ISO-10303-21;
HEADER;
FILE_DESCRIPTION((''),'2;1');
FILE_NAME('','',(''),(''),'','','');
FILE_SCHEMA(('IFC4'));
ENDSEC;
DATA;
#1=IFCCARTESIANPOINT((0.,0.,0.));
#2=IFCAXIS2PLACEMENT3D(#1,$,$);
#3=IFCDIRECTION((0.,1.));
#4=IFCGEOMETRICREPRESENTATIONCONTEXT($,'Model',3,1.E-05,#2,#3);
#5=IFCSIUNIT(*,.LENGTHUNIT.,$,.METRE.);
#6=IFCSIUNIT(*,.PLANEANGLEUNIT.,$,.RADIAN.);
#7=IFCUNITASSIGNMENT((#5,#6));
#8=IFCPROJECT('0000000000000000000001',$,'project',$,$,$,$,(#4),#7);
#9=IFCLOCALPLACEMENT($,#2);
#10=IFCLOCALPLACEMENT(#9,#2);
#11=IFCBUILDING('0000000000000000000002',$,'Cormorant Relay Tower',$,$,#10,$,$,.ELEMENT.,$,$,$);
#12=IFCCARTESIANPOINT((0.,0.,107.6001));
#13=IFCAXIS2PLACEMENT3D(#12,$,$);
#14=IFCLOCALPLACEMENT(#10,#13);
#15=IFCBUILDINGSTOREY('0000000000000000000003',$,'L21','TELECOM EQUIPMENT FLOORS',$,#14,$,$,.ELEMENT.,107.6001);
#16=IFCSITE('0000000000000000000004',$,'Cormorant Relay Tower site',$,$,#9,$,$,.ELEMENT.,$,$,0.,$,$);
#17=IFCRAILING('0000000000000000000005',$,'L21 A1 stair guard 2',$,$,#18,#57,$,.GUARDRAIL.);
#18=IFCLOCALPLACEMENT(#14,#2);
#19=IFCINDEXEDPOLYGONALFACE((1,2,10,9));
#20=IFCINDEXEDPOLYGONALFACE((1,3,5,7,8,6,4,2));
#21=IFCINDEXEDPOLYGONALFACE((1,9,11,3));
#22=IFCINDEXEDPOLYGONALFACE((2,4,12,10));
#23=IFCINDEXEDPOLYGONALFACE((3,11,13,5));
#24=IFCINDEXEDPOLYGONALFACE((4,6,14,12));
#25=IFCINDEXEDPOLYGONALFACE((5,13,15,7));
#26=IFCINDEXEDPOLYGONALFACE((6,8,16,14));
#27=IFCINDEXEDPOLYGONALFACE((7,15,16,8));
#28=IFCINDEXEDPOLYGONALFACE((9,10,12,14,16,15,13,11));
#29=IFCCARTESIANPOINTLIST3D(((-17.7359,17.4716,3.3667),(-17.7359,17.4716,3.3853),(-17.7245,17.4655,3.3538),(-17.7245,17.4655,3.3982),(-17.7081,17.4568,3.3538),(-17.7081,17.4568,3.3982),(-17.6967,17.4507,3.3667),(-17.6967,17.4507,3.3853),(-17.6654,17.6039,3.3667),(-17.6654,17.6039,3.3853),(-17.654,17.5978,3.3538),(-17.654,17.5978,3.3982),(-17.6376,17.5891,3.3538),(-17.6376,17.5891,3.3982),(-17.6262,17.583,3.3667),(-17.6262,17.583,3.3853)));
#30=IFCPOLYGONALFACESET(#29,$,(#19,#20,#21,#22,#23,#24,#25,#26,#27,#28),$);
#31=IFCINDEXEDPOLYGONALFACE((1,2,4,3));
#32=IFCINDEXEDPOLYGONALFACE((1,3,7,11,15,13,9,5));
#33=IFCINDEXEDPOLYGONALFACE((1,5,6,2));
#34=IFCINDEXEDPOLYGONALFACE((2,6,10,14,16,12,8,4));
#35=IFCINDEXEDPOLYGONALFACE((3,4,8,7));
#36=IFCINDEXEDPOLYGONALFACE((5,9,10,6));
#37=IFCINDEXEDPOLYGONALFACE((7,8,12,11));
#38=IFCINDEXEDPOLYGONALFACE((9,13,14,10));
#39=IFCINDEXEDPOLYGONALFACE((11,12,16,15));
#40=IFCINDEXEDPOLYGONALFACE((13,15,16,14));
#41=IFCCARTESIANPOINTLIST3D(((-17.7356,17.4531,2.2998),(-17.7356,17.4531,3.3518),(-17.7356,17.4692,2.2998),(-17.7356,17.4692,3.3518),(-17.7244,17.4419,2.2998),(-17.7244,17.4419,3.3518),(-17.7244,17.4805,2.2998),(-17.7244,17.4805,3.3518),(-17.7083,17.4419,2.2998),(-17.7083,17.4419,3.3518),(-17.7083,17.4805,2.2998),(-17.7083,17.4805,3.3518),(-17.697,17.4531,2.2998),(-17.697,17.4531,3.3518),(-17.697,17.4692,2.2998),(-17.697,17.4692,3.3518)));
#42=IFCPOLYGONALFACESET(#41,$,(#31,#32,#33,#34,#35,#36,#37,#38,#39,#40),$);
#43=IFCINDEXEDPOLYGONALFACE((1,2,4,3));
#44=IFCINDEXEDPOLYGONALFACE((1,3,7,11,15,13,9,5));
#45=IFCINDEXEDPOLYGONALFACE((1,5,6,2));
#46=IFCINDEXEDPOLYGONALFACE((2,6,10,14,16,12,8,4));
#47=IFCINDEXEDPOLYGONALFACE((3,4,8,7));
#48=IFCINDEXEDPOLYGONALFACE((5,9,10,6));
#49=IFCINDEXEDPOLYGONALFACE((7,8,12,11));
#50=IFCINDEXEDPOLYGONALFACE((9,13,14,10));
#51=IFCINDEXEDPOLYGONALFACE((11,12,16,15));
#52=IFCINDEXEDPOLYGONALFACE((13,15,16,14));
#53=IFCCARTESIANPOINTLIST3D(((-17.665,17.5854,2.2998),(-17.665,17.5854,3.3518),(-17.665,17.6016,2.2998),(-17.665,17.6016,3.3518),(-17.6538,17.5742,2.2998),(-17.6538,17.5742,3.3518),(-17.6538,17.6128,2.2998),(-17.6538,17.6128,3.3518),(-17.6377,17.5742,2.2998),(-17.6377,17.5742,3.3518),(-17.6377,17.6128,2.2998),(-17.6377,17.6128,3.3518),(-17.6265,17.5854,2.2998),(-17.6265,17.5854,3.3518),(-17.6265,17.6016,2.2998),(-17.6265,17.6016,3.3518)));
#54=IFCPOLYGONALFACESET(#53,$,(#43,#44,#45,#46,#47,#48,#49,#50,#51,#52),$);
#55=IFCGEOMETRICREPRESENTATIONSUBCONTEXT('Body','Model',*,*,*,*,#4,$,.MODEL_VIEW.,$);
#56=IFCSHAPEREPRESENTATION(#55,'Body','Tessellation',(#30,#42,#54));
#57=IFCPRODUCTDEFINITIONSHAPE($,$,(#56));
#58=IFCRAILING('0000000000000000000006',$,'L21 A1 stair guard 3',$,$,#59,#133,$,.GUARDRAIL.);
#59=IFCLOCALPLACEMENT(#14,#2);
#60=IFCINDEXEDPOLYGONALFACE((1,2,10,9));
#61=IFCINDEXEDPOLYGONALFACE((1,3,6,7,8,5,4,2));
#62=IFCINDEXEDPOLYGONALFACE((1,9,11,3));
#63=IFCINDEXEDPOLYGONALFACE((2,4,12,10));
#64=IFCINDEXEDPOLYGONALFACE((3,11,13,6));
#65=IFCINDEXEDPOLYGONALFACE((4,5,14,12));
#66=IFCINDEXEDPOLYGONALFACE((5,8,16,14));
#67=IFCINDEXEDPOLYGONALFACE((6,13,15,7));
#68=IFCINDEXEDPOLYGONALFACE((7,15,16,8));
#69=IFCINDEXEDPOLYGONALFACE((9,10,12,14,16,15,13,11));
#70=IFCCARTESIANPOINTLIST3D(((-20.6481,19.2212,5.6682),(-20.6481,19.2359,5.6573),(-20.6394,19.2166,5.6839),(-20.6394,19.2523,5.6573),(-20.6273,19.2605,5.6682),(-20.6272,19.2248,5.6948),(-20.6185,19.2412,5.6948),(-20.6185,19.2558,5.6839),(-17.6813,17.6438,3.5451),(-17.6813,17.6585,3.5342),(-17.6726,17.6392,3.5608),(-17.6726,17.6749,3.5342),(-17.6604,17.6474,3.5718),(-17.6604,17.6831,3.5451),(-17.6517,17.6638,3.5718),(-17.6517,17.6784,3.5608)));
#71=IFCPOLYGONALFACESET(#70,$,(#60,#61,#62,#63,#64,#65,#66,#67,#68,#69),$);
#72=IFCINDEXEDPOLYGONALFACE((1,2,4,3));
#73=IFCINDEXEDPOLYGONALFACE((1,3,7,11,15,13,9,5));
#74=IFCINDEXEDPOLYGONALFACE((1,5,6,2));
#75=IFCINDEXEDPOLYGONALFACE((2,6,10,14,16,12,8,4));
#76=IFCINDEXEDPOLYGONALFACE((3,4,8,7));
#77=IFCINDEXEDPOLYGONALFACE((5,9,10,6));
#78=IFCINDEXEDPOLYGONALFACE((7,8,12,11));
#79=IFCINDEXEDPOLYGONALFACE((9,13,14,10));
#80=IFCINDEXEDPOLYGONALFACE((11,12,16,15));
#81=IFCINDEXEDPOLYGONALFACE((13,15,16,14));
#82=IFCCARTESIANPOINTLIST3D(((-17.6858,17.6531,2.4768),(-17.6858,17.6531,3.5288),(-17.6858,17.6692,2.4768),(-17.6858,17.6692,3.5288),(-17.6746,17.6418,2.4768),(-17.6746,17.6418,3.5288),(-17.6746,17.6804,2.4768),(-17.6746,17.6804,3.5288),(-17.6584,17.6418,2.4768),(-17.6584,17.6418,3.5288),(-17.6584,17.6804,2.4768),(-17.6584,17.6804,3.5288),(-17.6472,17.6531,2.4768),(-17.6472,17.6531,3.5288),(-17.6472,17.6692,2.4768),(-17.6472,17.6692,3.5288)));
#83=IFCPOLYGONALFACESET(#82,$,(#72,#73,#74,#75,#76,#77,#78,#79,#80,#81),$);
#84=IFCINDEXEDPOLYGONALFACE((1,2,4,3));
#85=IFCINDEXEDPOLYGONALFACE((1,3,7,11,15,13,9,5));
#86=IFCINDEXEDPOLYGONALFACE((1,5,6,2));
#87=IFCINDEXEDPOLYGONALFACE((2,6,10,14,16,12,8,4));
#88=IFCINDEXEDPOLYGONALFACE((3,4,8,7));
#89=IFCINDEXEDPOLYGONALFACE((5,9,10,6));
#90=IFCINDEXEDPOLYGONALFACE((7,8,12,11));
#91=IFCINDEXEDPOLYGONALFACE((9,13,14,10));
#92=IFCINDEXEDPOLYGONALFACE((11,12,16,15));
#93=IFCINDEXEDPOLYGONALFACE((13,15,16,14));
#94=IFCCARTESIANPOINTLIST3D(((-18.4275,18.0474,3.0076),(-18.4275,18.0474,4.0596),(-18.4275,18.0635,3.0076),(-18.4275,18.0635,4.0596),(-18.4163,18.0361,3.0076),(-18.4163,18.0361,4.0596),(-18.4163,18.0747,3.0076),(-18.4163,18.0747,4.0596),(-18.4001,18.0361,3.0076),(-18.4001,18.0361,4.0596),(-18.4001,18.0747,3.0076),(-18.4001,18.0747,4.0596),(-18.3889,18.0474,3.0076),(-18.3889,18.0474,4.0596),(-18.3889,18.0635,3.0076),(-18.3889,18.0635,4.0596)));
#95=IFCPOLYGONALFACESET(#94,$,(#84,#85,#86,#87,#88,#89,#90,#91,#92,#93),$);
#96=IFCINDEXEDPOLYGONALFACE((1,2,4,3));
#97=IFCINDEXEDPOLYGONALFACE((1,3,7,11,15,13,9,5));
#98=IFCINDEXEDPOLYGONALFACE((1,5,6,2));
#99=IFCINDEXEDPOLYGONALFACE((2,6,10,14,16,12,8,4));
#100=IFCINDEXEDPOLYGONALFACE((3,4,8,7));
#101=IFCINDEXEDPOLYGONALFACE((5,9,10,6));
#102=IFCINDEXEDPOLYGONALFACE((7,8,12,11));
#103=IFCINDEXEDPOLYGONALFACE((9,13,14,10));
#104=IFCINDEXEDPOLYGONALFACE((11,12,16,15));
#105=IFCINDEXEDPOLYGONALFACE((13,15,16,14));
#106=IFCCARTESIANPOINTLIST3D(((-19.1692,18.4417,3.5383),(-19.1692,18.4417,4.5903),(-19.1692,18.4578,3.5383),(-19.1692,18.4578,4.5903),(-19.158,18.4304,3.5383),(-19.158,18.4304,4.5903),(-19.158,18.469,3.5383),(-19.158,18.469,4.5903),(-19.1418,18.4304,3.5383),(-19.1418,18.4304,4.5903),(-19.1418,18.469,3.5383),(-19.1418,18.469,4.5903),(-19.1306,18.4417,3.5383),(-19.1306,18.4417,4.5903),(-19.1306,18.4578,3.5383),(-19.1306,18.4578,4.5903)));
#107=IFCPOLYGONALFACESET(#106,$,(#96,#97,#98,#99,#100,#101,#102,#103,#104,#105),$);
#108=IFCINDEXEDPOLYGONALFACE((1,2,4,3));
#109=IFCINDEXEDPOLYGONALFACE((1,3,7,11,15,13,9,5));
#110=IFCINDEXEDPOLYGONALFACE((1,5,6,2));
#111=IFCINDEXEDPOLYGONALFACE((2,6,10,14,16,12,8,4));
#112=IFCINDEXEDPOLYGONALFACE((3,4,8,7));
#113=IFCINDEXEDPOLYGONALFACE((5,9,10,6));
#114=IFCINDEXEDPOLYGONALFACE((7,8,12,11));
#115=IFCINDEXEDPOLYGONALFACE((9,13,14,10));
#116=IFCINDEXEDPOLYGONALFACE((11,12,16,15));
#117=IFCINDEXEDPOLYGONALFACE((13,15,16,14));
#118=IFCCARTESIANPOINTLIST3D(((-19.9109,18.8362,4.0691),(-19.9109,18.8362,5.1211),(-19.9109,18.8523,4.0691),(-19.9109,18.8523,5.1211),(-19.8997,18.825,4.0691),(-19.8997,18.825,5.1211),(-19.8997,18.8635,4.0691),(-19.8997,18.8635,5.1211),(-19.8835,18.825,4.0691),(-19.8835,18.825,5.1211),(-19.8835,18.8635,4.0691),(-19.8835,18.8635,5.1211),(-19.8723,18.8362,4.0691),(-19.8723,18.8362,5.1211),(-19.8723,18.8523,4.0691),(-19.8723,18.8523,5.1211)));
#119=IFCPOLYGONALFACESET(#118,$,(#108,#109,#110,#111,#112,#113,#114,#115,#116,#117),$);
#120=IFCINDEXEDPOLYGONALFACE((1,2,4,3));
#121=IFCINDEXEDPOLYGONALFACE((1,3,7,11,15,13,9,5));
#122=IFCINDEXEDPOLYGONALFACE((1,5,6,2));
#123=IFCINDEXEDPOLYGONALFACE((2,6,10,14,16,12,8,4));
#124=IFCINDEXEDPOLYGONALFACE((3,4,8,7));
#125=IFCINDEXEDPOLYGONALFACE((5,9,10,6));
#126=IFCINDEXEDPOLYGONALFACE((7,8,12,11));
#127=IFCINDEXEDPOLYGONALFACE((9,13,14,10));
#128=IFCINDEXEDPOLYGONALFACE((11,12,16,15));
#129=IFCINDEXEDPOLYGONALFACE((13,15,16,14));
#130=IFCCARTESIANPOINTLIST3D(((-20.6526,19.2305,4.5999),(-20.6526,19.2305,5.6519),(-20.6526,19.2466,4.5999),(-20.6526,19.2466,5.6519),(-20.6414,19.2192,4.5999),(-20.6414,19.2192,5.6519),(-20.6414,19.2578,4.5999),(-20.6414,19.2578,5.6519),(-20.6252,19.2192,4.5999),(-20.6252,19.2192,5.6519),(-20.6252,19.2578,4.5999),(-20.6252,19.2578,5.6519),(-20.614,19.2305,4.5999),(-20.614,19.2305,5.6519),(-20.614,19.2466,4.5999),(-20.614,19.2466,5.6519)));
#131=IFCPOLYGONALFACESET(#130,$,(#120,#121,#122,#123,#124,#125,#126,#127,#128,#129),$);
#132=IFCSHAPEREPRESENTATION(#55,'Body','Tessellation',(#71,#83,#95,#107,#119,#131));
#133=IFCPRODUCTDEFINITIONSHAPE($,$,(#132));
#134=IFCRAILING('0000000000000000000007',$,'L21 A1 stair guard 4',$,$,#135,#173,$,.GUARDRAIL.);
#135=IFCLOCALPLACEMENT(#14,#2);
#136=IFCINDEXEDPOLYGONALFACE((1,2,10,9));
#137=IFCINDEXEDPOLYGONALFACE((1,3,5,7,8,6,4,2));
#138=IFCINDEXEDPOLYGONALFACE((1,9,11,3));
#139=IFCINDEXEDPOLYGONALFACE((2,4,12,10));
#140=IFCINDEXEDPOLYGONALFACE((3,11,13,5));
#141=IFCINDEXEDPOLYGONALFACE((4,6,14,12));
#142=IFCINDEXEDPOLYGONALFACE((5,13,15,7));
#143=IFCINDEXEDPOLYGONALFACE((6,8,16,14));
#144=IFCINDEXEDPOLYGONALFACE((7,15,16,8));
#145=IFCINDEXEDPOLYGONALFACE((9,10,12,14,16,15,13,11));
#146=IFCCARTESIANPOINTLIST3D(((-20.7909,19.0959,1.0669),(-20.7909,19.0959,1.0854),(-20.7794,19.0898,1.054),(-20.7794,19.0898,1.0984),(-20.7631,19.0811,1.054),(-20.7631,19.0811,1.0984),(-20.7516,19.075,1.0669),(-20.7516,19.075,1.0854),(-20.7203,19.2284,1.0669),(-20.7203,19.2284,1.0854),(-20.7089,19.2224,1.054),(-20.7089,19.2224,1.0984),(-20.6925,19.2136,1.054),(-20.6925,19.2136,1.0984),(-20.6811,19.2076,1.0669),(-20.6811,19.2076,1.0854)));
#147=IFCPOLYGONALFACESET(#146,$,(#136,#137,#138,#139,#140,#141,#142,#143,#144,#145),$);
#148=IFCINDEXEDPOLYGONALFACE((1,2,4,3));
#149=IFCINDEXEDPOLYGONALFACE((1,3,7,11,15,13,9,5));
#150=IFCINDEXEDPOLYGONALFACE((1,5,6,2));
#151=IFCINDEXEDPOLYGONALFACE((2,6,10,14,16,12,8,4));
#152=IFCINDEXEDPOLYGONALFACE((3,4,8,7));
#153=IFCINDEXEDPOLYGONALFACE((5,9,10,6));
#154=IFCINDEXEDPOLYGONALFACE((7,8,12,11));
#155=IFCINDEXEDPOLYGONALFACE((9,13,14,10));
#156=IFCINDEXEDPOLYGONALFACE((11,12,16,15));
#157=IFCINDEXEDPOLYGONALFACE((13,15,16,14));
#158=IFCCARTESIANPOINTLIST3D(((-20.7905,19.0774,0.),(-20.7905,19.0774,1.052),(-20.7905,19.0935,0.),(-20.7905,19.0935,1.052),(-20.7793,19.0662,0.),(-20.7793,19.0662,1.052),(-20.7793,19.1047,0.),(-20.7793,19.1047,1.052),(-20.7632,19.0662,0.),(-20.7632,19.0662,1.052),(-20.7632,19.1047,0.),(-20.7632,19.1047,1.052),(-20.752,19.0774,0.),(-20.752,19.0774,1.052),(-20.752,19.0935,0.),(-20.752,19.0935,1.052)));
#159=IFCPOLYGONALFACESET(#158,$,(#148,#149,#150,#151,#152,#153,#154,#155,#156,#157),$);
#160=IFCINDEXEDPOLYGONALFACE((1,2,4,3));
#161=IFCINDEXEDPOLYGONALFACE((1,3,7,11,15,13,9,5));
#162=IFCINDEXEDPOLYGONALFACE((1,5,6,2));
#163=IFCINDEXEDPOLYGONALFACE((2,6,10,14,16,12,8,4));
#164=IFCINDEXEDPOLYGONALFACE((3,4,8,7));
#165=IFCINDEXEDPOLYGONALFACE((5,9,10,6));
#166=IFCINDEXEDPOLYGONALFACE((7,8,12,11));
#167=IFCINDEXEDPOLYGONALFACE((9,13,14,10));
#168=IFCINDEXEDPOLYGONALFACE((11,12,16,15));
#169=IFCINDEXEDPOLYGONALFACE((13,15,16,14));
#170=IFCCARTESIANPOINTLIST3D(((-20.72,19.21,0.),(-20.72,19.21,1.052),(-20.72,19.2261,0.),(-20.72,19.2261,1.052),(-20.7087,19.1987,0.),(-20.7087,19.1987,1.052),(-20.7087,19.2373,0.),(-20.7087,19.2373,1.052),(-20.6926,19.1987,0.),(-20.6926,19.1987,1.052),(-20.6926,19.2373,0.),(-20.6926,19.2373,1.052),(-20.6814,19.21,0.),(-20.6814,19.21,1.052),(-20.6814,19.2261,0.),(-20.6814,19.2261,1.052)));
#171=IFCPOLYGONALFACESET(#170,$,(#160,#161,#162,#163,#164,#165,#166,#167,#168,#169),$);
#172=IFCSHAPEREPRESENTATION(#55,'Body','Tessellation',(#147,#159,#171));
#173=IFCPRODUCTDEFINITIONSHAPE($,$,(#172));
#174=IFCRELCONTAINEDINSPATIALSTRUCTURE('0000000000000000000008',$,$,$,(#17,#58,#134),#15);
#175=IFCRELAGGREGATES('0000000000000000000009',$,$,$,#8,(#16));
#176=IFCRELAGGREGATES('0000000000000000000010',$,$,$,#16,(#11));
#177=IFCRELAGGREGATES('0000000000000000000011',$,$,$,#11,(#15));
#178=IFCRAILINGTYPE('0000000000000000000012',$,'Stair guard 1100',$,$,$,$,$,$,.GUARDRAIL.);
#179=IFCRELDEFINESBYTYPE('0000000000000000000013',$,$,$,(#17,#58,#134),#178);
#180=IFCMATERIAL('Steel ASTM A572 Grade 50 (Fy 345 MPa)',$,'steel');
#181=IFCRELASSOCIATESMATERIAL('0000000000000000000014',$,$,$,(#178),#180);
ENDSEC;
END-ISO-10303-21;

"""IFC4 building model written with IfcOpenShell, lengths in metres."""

from ifc_helpers import new_model, si_unit, direction, frame, origin, place, context, subcontext, project, spatial, polyline, outline, extrude, material, type_object, element, save


model = new_model("IFC4")

# Units and contexts
model_context = context("Model", 3, precision=1e-05, world=origin(), true_north=direction((0.0, 1.0)))
body_context = subcontext(model_context, "Body", "Model", "MODEL_VIEW")
ifc_project = project(units=[si_unit("LENGTHUNIT", "METRE"), si_unit("PLANEANGLEUNIT", "RADIAN")], contexts=[model_context])

# Site, building, storey
site_placement = place(None, origin())
site = spatial("IfcSite", under=ifc_project, at=site_placement, Name="Cormorant Relay Tower site", CompositionType="ELEMENT", RefElevation=0.0)
building_placement = place(site_placement, origin())
building = spatial("IfcBuilding", under=site, at=building_placement, Name="Cormorant Relay Tower", CompositionType="ELEMENT")
storey_placement = place(building_placement, frame((0.0, 0.0, 107.6001)))
storey = spatial("IfcBuildingStorey", under=building, at=storey_placement, Name="L21", Description="TELECOM EQUIPMENT FLOORS", CompositionType="ELEMENT", Elevation=107.6001)

# Railings
ifc_material_1 = material(Name="Steel ASTM A572 Grade 50 (Fy 345 MPa)", Category="steel")
railing_type_1 = type_object("IfcRailingType", Name="Stair guard 1100", PredefinedType="GUARDRAIL", material=ifc_material_1)
railing_1_placement = place(storey_placement, frame((-17.7163, 17.4612, 2.2998)))
element("IfcRailing", 1, at=railing_1_placement, inside=storey, type_object=railing_type_1, Name="L21 A1 stair guard 2", PredefinedType="GUARDRAIL", context=body_context, shape_type="SweptSolid", body=[
    extrude(outline(polyline([(0.0222, 0.0093), (0.0093, 0.0222), (-0.0093, 0.0222), (-0.0222, 0.0093), (-0.0222, -0.0093), (-0.0093, -0.0222), (0.0093, -0.0222), (0.0222, -0.0093), (0.0222, 0.0093)])), frame((0.0, 0.0, 1.0762), z_axis=(0.470504, 0.882398, 0.0), x_axis=(-0.882398, 0.470504, 0.0)), (0.0, 0.0, 1.0), 0.1499),
    extrude(outline(polyline([(0.0193, 0.0081), (0.0081, 0.0193), (-0.0081, 0.0193), (-0.0193, 0.0081), (-0.0193, -0.0081), (-0.0081, -0.0193), (0.0081, -0.0193), (0.0193, -0.0081), (0.0193, 0.0081)])), origin(), (0.0, 0.0, 1.0), 1.052),
    extrude(outline(polyline([(0.0193, 0.0081), (0.0081, 0.0193), (-0.0081, 0.0193), (-0.0193, 0.0081), (-0.0193, -0.0081), (-0.0081, -0.0193), (0.0081, -0.0193), (0.0193, -0.0081), (0.0193, 0.0081)])), frame((0.0706, 0.1323, 0.0)), (0.0, 0.0, 1.0), 1.052),
])
railing_2_placement = place(storey_placement, frame((-17.6665, 17.6611, 2.4768)))
element("IfcRailing", 2, at=railing_2_placement, inside=storey, type_object=railing_type_1, Name="L21 A1 stair guard 3", PredefinedType="GUARDRAIL", context=body_context, shape_type="SweptSolid", body=[
    extrude(outline(polyline([(0.0222, 0.0093), (0.0093, 0.0222), (-0.0093, 0.0222), (-0.0222, 0.0093), (-0.0222, -0.0093), (-0.0093, -0.0222), (0.0093, -0.0222), (0.0222, -0.0093), (0.0222, 0.0093)])), frame((0.0, 0.0, 1.0762), z_axis=(-0.746441, 0.396869, 0.534155), x_axis=(-0.469453, -0.882958, 0.0)), (0.0, 0.0, 1.0), 3.9746),
    extrude(outline(polyline([(0.0193, 0.0081), (0.0081, 0.0193), (-0.0081, 0.0193), (-0.0193, 0.0081), (-0.0193, -0.0081), (-0.0081, -0.0193), (0.0081, -0.0193), (0.0193, -0.0081), (0.0193, 0.0081)])), origin(), (0.0, 0.0, 1.0), 1.052),
    extrude(outline(polyline([(0.0193, 0.0081), (0.0081, 0.0193), (-0.0081, 0.0193), (-0.0193, 0.0081), (-0.0193, -0.0081), (-0.0081, -0.0193), (0.0081, -0.0193), (0.0193, -0.0081), (0.0193, 0.0081)])), frame((-0.7417, 0.3943, 0.5308)), (0.0, 0.0, 1.0), 1.052),
    extrude(outline(polyline([(0.0193, 0.0081), (0.0081, 0.0193), (-0.0081, 0.0193), (-0.0193, 0.0081), (-0.0193, -0.0081), (-0.0081, -0.0193), (0.0081, -0.0193), (0.0193, -0.0081), (0.0193, 0.0081)])), frame((-1.4834, 0.7886, 1.0615)), (0.0, 0.0, 1.0), 1.052),
    extrude(outline(polyline([(0.0193, 0.0081), (0.0081, 0.0193), (-0.0081, 0.0193), (-0.0193, 0.0081), (-0.0193, -0.0081), (-0.0081, -0.0193), (0.0081, -0.0193), (0.0193, -0.0081), (0.0193, 0.0081)])), frame((-2.2251, 1.1831, 1.5923)), (0.0, 0.0, 1.0), 1.052),
    extrude(outline(polyline([(0.0193, 0.0081), (0.0081, 0.0193), (-0.0081, 0.0193), (-0.0193, 0.0081), (-0.0193, -0.0081), (-0.0081, -0.0193), (0.0081, -0.0193), (0.0193, -0.0081), (0.0193, 0.0081)])), frame((-2.9668, 1.5774, 2.123)), (0.0, 0.0, 1.0), 1.052),
])
railing_3_placement = place(storey_placement, frame((-20.7712, 19.0854, 0.0)))
element("IfcRailing", 3, at=railing_3_placement, inside=storey, type_object=railing_type_1, Name="L21 A1 stair guard 4", PredefinedType="GUARDRAIL", context=body_context, shape_type="SweptSolid", body=[
    extrude(outline(polyline([(0.0222, 0.0093), (0.0093, 0.0222), (-0.0093, 0.0222), (-0.0222, 0.0093), (-0.0222, -0.0093), (-0.0093, -0.0222), (0.0093, -0.0222), (0.0222, -0.0093), (0.0222, 0.0093)])), frame((0.0, 0.0, 1.0762), z_axis=(0.469829, 0.882758, 0.0), x_axis=(-0.882758, 0.469829, 0.0)), (0.0, 0.0, 1.0), 0.1501),
    extrude(outline(polyline([(0.0193, 0.0081), (0.0081, 0.0193), (-0.0081, 0.0193), (-0.0193, 0.0081), (-0.0193, -0.0081), (-0.0081, -0.0193), (0.0081, -0.0193), (0.0193, -0.0081), (0.0193, 0.0081)])), origin(), (0.0, 0.0, 1.0), 1.052),
    extrude(outline(polyline([(0.0193, 0.0081), (0.0081, 0.0193), (-0.0081, 0.0193), (-0.0193, 0.0081), (-0.0193, -0.0081), (-0.0081, -0.0193), (0.0081, -0.0193), (0.0193, -0.0081), (0.0193, 0.0081)])), frame((0.0706, 0.1326, 0.0)), (0.0, 0.0, 1.0), 1.052),
])

save(model, "model.ifc")
